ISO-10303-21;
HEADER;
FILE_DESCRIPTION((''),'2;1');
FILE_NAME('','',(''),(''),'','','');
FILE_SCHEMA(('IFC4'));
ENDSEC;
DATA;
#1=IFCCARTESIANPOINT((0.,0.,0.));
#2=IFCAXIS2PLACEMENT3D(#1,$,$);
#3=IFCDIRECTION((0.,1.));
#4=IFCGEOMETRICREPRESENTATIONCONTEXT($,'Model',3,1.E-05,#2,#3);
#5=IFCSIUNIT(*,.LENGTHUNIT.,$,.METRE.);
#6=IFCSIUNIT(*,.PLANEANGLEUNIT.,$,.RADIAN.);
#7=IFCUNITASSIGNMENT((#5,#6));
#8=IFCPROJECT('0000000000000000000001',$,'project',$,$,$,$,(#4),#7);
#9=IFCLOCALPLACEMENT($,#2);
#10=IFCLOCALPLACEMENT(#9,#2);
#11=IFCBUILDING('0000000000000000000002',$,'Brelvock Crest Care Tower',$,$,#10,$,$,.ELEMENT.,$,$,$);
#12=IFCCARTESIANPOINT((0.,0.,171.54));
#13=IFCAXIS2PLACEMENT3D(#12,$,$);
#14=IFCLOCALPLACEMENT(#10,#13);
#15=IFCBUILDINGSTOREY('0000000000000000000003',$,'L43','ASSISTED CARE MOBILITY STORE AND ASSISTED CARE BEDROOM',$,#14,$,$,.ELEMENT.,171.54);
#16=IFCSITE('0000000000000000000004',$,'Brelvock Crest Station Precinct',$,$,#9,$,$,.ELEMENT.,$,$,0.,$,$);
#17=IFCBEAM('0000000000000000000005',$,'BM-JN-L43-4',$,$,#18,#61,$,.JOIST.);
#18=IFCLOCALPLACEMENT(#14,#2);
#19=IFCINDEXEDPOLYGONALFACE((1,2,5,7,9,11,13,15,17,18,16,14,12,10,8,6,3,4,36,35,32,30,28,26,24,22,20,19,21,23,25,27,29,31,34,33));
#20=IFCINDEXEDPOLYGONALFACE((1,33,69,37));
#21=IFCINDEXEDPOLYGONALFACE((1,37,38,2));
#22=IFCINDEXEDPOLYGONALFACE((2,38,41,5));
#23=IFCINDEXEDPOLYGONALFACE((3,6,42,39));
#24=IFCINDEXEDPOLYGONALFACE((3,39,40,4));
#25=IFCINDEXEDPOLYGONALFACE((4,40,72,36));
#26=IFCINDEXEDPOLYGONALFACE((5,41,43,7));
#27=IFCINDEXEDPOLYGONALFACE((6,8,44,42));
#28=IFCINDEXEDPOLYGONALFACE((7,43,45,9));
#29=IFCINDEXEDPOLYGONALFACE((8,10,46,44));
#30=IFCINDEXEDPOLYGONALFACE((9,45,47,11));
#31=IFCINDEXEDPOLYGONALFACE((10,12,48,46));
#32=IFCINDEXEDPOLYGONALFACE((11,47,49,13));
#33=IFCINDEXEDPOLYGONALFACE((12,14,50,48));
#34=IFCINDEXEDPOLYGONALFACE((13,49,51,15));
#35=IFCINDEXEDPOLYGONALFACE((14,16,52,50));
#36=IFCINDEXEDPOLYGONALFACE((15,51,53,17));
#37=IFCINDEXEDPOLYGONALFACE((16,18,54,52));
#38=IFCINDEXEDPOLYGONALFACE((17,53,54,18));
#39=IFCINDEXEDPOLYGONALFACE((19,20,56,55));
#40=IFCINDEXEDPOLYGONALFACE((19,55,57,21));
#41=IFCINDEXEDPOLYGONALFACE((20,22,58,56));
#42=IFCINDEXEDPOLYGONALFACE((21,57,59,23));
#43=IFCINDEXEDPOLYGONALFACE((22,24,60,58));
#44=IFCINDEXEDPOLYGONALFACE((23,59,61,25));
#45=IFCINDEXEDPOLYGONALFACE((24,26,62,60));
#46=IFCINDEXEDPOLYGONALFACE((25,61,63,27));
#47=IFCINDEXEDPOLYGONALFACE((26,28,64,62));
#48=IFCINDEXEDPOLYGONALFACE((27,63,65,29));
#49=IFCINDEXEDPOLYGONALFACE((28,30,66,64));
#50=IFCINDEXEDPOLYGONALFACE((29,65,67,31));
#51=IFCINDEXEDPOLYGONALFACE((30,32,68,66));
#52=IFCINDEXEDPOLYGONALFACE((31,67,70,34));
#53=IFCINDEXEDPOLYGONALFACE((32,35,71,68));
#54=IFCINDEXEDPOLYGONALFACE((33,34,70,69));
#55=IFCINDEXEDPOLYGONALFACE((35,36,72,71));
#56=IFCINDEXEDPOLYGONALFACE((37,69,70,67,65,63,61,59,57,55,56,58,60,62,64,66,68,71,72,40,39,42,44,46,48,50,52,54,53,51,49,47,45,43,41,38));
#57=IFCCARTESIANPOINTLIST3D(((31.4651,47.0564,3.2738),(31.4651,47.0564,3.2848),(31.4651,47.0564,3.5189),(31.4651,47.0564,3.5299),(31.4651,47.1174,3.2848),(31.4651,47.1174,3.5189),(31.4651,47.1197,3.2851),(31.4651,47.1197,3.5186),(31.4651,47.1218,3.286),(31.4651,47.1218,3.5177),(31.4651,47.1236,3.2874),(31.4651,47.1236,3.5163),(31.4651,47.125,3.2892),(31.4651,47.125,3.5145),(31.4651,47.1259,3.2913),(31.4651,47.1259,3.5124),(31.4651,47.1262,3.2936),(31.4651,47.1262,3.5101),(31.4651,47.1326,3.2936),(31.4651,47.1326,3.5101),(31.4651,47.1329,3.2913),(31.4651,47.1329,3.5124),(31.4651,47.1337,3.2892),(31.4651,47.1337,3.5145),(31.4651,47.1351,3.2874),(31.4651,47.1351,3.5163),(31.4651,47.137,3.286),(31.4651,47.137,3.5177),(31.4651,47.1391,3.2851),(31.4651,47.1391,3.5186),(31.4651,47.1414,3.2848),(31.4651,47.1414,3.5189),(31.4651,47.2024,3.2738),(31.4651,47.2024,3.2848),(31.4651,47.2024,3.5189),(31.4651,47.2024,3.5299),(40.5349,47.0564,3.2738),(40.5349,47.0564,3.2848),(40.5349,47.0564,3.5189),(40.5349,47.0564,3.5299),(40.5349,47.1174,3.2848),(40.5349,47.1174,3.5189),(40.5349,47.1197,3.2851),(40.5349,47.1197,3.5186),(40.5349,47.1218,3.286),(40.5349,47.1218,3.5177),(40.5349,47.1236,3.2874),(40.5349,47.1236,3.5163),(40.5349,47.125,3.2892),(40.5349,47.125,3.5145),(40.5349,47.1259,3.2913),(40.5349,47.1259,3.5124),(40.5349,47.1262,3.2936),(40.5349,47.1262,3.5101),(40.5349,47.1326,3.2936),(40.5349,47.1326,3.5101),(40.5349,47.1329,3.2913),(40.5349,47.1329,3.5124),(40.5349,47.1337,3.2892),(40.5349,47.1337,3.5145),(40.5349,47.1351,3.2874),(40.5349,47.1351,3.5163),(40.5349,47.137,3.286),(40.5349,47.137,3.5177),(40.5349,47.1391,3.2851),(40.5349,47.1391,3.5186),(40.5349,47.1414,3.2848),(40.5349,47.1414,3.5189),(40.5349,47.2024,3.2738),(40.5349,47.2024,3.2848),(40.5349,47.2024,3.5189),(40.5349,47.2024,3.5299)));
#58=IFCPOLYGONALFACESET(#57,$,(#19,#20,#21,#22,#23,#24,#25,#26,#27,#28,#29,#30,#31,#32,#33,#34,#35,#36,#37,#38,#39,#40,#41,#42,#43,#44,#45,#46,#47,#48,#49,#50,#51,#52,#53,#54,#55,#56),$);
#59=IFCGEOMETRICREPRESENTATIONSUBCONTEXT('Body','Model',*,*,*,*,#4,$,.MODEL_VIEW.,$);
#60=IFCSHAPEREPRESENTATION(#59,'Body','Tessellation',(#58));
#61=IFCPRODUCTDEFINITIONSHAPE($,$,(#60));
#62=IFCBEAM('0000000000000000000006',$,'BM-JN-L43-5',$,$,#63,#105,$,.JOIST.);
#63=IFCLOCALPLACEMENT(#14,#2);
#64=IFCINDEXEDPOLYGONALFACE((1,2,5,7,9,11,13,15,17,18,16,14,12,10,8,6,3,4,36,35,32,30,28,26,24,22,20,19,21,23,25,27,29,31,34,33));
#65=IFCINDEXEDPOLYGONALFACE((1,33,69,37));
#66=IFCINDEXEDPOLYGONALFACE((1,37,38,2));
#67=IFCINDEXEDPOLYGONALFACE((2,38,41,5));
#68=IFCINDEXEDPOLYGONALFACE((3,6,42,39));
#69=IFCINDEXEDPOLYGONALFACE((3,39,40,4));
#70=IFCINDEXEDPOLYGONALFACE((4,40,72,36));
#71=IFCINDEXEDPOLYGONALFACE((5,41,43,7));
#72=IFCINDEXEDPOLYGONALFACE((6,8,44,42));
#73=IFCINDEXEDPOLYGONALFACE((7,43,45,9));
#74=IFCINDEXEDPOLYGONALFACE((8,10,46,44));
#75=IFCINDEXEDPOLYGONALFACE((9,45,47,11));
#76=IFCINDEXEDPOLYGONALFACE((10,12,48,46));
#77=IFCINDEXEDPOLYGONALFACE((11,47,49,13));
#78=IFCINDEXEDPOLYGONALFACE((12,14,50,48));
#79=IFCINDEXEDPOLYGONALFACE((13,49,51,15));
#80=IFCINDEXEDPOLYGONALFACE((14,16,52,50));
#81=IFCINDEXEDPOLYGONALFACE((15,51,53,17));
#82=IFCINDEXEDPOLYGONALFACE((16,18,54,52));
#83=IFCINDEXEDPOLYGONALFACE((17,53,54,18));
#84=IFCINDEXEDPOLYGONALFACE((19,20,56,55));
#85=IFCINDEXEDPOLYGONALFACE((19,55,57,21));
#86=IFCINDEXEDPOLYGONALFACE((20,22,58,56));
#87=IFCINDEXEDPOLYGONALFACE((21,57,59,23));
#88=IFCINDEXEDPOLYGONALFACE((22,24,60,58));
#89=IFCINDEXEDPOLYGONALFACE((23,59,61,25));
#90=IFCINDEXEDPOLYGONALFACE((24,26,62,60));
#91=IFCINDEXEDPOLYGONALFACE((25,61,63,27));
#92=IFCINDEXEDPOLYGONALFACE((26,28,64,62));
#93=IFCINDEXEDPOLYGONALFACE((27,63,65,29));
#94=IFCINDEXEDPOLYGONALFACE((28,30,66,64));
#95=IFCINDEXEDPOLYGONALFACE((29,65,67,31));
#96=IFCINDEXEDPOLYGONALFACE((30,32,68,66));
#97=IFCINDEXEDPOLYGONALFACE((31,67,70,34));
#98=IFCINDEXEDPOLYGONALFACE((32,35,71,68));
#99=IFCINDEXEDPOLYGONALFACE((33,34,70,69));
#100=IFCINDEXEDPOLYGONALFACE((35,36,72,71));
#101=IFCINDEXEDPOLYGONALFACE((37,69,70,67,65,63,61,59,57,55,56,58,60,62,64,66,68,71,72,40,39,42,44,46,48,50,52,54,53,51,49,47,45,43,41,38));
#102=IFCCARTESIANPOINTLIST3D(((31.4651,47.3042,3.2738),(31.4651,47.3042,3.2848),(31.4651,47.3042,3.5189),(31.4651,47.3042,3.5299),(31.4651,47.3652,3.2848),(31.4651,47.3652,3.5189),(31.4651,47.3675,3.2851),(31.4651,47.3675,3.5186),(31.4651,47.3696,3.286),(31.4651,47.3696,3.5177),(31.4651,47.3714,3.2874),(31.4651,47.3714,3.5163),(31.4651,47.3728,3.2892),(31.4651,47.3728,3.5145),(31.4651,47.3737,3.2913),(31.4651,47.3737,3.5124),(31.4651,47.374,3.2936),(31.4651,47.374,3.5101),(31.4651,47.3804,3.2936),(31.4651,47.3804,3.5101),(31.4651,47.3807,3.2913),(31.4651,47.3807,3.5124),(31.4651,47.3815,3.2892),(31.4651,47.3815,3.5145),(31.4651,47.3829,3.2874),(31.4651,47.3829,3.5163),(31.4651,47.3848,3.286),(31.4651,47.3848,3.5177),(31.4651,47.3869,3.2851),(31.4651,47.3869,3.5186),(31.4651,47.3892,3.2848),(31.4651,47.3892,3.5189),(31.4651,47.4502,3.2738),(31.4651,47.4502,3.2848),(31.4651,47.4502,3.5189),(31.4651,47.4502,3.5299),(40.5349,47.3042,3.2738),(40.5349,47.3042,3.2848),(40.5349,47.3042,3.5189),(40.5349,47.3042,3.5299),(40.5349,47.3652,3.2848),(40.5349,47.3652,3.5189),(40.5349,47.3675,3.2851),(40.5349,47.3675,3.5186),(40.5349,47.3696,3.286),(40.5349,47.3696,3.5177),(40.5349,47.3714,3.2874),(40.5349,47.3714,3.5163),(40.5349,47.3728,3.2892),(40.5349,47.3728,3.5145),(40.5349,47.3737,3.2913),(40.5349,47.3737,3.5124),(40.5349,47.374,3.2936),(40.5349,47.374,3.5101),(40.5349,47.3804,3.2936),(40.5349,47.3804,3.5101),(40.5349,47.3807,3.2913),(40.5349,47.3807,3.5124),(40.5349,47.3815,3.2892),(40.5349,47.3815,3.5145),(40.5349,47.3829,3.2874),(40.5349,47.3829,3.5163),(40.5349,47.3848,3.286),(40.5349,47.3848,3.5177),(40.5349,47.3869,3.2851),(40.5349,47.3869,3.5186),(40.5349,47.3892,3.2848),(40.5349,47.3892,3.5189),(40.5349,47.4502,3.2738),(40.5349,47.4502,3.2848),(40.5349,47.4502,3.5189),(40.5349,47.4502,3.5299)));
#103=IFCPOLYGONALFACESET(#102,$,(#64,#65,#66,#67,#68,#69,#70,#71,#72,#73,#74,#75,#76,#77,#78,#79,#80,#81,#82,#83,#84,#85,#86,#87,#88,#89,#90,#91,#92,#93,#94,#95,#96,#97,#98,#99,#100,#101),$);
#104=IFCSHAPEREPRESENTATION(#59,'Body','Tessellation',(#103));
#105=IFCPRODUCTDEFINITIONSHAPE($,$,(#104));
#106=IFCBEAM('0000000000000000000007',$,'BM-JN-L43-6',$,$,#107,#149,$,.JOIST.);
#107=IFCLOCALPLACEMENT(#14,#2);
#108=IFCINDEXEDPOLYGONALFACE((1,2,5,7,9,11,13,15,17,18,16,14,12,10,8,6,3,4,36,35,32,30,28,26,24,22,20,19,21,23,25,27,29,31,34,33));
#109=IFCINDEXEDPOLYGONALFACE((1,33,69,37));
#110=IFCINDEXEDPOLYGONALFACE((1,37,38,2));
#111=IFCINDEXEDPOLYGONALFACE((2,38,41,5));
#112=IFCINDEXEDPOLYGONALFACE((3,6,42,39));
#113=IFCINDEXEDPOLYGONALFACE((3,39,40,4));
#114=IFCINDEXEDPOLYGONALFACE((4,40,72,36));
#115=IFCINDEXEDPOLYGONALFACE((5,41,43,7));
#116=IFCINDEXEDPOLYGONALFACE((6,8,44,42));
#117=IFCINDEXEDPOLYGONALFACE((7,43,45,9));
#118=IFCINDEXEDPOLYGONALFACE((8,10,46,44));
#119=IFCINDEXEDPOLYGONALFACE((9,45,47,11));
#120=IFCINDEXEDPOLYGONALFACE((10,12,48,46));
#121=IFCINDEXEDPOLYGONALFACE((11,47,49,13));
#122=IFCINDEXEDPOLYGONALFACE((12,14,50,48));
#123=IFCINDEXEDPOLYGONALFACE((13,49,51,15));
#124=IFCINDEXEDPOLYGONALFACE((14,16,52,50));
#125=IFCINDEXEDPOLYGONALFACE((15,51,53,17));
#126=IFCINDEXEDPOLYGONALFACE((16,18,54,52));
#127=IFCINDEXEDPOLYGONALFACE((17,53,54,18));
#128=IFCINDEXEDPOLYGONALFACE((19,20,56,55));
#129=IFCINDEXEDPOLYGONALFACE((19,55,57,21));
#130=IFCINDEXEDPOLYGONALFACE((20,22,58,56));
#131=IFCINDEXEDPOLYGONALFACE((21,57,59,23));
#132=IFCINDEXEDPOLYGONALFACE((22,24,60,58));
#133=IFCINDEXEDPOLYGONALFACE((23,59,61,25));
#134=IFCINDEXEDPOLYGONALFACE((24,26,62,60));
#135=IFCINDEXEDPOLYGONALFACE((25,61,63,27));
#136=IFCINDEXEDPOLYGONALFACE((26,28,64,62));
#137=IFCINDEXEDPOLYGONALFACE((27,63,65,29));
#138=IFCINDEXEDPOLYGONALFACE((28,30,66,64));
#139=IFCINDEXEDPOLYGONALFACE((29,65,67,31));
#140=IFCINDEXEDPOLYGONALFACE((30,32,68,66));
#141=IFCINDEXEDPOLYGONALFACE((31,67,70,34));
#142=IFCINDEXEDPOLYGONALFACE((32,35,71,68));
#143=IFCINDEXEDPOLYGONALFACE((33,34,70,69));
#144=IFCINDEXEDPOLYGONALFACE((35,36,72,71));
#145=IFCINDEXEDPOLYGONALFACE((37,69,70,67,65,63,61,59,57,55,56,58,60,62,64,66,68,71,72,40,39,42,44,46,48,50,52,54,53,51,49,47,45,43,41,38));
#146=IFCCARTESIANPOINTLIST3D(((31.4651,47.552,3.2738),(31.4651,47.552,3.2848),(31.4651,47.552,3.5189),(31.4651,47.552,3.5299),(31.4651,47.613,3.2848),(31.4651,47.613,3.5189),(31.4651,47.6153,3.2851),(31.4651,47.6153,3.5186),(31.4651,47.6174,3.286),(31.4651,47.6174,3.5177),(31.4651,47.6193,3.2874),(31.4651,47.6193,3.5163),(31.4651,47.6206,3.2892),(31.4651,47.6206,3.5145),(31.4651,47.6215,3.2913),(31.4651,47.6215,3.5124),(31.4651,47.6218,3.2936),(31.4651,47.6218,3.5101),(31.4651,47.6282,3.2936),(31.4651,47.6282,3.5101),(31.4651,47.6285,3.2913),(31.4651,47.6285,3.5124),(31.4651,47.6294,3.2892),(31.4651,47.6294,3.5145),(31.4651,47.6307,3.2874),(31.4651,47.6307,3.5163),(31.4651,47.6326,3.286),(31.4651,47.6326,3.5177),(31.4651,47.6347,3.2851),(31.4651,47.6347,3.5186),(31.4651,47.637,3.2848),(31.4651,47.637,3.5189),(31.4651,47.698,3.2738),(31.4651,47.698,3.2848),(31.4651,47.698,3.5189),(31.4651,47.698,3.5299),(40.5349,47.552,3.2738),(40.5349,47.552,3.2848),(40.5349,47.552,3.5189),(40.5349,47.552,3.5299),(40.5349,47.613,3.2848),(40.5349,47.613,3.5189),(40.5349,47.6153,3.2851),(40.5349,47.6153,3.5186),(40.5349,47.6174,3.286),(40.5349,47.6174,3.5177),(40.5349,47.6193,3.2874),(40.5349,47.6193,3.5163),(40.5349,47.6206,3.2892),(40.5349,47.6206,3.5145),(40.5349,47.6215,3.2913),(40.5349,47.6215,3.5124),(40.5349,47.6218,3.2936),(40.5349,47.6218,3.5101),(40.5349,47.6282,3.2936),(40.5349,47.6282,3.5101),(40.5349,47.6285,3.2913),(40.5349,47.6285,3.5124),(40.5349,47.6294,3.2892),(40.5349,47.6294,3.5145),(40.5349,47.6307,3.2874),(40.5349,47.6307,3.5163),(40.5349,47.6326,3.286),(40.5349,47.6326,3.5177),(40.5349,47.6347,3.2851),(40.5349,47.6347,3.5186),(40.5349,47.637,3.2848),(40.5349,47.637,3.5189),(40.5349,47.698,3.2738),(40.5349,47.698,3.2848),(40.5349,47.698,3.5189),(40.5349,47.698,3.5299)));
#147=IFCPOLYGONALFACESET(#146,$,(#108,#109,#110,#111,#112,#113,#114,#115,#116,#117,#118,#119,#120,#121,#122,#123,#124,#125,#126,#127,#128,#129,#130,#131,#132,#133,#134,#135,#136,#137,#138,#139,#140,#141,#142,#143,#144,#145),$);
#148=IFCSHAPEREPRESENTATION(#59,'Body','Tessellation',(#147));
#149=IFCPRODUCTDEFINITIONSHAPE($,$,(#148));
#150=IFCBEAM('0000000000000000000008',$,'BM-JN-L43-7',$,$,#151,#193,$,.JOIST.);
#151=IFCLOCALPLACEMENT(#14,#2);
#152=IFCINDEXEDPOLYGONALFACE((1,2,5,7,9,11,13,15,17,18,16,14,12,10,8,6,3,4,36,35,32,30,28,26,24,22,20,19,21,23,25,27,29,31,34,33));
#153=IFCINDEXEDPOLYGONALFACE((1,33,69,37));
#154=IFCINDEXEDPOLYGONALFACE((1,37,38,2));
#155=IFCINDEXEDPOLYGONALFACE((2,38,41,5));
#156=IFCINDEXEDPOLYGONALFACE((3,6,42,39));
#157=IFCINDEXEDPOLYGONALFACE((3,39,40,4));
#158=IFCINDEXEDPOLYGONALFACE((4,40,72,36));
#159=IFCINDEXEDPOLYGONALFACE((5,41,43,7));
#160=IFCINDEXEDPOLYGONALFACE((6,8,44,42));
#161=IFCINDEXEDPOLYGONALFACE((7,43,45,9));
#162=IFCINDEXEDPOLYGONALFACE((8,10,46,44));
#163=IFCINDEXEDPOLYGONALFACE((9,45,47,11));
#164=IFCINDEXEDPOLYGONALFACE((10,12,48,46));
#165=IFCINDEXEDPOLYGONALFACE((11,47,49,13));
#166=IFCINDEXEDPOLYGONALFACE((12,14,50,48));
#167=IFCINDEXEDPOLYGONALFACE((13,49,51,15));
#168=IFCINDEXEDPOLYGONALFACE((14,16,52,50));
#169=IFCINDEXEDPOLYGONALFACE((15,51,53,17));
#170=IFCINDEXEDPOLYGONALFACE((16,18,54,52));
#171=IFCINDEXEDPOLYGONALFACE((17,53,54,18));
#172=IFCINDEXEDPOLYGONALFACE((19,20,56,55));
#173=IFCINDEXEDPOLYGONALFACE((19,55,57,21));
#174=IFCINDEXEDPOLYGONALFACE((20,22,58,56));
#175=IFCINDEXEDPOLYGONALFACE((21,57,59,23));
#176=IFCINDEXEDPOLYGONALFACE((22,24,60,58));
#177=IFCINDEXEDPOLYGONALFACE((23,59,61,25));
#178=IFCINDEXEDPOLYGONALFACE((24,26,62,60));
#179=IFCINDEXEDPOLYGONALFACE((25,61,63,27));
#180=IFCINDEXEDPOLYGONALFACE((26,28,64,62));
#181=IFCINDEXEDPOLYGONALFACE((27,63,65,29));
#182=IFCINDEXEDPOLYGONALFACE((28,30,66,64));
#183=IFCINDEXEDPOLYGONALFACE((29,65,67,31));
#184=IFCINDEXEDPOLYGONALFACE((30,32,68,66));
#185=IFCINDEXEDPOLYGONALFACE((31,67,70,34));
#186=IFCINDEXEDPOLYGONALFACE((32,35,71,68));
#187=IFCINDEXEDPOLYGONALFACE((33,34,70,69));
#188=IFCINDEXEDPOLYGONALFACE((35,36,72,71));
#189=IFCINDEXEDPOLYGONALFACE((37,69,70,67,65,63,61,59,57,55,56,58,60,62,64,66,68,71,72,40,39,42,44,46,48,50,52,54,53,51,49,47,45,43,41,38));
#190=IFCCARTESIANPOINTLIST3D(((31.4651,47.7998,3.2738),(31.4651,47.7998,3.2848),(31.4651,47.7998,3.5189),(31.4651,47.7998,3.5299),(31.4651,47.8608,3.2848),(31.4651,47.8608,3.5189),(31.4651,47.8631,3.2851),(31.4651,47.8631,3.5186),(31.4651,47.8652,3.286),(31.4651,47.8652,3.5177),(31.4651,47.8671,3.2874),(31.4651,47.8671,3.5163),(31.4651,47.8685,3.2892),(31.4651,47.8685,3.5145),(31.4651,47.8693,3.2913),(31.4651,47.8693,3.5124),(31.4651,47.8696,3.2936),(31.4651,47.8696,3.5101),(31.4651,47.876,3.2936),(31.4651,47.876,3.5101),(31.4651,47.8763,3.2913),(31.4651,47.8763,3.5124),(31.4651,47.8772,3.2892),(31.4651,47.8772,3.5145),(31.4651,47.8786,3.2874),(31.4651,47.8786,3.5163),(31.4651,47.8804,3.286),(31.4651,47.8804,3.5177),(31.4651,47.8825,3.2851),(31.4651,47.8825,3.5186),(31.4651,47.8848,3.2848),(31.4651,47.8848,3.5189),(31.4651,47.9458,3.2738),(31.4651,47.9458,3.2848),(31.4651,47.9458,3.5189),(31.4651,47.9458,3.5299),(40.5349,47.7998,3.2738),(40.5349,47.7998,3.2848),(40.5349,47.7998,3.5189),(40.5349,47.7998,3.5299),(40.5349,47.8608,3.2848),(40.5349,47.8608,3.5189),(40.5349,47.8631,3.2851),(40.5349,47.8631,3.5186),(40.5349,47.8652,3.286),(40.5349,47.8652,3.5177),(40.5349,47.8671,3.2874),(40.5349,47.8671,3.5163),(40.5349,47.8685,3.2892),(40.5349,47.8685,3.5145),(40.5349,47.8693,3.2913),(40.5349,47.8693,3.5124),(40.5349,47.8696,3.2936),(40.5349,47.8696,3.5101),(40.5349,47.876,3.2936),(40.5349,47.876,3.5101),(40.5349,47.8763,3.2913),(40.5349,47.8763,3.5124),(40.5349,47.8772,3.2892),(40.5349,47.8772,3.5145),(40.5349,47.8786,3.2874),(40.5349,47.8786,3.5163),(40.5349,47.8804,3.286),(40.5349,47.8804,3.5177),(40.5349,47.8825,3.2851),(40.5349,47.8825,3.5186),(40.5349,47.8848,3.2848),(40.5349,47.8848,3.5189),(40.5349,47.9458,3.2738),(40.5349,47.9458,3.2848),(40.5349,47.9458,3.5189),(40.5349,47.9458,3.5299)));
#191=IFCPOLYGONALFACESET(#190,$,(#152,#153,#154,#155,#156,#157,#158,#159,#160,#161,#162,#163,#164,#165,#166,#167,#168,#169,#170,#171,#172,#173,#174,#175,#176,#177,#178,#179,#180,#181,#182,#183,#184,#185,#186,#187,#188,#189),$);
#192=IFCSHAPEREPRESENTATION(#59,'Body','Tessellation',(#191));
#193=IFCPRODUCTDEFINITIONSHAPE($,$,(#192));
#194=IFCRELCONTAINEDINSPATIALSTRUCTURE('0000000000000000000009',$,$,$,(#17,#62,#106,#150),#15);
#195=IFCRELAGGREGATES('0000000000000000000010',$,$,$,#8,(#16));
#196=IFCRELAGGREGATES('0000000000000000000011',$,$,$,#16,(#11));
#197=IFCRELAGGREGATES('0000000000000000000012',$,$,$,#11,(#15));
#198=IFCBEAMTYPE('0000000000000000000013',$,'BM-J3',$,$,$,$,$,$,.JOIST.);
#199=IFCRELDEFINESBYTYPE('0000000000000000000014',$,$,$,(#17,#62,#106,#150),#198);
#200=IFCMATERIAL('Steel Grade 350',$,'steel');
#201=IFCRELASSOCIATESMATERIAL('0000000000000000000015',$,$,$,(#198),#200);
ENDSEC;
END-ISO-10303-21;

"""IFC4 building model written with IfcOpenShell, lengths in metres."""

from ifc_helpers import new_model, si_unit, direction, frame, origin, origin_2d, place, context, subcontext, project, spatial, i_section, extrude, source, transform, mapped, material, material_profile, profile_set, type_object, element, save


model = new_model("IFC4")

# Units and contexts
model_context = context("Model", 3, precision=1e-05, world=origin(), true_north=direction((0.0, 1.0)))
body_context = subcontext(model_context, "Body", "Model", "MODEL_VIEW")
ifc_project = project(units=[si_unit("LENGTHUNIT", "METRE"), si_unit("PLANEANGLEUNIT", "RADIAN")], contexts=[model_context])

# Site, building, storey
site_placement = place(None, origin())
site = spatial("IfcSite", under=ifc_project, at=site_placement, Name="Brelvock Crest Station Precinct", CompositionType="ELEMENT", RefElevation=0.0)
building_placement = place(site_placement, origin())
building = spatial("IfcBuilding", under=site, at=building_placement, Name="Brelvock Crest Care Tower", CompositionType="ELEMENT")
storey_placement = place(building_placement, frame((0.0, 0.0, 171.54)))
storey = spatial("IfcBuildingStorey", under=building, at=storey_placement, Name="L43", Description="ASSISTED CARE MOBILITY STORE AND ASSISTED CARE BEDROOM", CompositionType="ELEMENT", Elevation=171.54)

# Shared definitions
ifc_material_1 = material(Name="Steel Grade 350", Category="steel")

# Beams
ifc_material_profile_1 = material_profile(ifc_material_1, i_section(OverallWidth=0.146, OverallDepth=0.2561, WebThickness=0.0063, FlangeThickness=0.011, FilletRadius=0.0088, at=origin_2d()), Name="250UB37.3")
ifc_profile_set_1 = profile_set([ifc_material_profile_1], Name="Steel Grade 350")
beam_type_1 = type_object("IfcBeamType", Name="BM-J3", PredefinedType="JOIST", material=ifc_profile_set_1)
shared_shape_1 = source(origin(), body_context, "Body", "SweptSolid", [
    extrude(i_section(OverallWidth=0.146, OverallDepth=0.2561, WebThickness=0.0063, FlangeThickness=0.011, FilletRadius=0.0088, at=origin_2d()), origin(), (0.0, 0.0, 1.0), 9.0698),
])
for number, where, z_axis, x_axis, name in (
    (1, (31.4651, 47.1294, 3.4019), (1.0, 0.0, 0.0), (0.0, 1.0, 0.0), "BM-JN-L43-4"),
    (2, (31.4651, 47.3772, 3.4019), (1.0, 0.0, 0.0), (0.0, 1.0, 0.0), "BM-JN-L43-5"),
    (3, (31.4651, 47.625, 3.4019), (1.0, 0.0, 0.0), (0.0, 1.0, 0.0), "BM-JN-L43-6"),
    (4, (31.4651, 47.8728, 3.4019), (1.0, 0.0, 0.0), (0.0, 1.0, 0.0), "BM-JN-L43-7"),
):
    element("IfcBeam", number, at=place(storey_placement, frame(where, z_axis=z_axis, x_axis=x_axis)), inside=storey, type_object=beam_type_1, Name=name, PredefinedType="JOIST", context=body_context, shape_type="MappedRepresentation", body=[
        mapped(shared_shape_1, transform((0.0, 0.0, 0.0), x_axis=(1.0, 0.0, 0.0), y_axis=(0.0, 1.0, 0.0), z_axis=(0.0, 0.0, 1.0), scale=1.0)),
    ])

save(model, "model.ifc")
